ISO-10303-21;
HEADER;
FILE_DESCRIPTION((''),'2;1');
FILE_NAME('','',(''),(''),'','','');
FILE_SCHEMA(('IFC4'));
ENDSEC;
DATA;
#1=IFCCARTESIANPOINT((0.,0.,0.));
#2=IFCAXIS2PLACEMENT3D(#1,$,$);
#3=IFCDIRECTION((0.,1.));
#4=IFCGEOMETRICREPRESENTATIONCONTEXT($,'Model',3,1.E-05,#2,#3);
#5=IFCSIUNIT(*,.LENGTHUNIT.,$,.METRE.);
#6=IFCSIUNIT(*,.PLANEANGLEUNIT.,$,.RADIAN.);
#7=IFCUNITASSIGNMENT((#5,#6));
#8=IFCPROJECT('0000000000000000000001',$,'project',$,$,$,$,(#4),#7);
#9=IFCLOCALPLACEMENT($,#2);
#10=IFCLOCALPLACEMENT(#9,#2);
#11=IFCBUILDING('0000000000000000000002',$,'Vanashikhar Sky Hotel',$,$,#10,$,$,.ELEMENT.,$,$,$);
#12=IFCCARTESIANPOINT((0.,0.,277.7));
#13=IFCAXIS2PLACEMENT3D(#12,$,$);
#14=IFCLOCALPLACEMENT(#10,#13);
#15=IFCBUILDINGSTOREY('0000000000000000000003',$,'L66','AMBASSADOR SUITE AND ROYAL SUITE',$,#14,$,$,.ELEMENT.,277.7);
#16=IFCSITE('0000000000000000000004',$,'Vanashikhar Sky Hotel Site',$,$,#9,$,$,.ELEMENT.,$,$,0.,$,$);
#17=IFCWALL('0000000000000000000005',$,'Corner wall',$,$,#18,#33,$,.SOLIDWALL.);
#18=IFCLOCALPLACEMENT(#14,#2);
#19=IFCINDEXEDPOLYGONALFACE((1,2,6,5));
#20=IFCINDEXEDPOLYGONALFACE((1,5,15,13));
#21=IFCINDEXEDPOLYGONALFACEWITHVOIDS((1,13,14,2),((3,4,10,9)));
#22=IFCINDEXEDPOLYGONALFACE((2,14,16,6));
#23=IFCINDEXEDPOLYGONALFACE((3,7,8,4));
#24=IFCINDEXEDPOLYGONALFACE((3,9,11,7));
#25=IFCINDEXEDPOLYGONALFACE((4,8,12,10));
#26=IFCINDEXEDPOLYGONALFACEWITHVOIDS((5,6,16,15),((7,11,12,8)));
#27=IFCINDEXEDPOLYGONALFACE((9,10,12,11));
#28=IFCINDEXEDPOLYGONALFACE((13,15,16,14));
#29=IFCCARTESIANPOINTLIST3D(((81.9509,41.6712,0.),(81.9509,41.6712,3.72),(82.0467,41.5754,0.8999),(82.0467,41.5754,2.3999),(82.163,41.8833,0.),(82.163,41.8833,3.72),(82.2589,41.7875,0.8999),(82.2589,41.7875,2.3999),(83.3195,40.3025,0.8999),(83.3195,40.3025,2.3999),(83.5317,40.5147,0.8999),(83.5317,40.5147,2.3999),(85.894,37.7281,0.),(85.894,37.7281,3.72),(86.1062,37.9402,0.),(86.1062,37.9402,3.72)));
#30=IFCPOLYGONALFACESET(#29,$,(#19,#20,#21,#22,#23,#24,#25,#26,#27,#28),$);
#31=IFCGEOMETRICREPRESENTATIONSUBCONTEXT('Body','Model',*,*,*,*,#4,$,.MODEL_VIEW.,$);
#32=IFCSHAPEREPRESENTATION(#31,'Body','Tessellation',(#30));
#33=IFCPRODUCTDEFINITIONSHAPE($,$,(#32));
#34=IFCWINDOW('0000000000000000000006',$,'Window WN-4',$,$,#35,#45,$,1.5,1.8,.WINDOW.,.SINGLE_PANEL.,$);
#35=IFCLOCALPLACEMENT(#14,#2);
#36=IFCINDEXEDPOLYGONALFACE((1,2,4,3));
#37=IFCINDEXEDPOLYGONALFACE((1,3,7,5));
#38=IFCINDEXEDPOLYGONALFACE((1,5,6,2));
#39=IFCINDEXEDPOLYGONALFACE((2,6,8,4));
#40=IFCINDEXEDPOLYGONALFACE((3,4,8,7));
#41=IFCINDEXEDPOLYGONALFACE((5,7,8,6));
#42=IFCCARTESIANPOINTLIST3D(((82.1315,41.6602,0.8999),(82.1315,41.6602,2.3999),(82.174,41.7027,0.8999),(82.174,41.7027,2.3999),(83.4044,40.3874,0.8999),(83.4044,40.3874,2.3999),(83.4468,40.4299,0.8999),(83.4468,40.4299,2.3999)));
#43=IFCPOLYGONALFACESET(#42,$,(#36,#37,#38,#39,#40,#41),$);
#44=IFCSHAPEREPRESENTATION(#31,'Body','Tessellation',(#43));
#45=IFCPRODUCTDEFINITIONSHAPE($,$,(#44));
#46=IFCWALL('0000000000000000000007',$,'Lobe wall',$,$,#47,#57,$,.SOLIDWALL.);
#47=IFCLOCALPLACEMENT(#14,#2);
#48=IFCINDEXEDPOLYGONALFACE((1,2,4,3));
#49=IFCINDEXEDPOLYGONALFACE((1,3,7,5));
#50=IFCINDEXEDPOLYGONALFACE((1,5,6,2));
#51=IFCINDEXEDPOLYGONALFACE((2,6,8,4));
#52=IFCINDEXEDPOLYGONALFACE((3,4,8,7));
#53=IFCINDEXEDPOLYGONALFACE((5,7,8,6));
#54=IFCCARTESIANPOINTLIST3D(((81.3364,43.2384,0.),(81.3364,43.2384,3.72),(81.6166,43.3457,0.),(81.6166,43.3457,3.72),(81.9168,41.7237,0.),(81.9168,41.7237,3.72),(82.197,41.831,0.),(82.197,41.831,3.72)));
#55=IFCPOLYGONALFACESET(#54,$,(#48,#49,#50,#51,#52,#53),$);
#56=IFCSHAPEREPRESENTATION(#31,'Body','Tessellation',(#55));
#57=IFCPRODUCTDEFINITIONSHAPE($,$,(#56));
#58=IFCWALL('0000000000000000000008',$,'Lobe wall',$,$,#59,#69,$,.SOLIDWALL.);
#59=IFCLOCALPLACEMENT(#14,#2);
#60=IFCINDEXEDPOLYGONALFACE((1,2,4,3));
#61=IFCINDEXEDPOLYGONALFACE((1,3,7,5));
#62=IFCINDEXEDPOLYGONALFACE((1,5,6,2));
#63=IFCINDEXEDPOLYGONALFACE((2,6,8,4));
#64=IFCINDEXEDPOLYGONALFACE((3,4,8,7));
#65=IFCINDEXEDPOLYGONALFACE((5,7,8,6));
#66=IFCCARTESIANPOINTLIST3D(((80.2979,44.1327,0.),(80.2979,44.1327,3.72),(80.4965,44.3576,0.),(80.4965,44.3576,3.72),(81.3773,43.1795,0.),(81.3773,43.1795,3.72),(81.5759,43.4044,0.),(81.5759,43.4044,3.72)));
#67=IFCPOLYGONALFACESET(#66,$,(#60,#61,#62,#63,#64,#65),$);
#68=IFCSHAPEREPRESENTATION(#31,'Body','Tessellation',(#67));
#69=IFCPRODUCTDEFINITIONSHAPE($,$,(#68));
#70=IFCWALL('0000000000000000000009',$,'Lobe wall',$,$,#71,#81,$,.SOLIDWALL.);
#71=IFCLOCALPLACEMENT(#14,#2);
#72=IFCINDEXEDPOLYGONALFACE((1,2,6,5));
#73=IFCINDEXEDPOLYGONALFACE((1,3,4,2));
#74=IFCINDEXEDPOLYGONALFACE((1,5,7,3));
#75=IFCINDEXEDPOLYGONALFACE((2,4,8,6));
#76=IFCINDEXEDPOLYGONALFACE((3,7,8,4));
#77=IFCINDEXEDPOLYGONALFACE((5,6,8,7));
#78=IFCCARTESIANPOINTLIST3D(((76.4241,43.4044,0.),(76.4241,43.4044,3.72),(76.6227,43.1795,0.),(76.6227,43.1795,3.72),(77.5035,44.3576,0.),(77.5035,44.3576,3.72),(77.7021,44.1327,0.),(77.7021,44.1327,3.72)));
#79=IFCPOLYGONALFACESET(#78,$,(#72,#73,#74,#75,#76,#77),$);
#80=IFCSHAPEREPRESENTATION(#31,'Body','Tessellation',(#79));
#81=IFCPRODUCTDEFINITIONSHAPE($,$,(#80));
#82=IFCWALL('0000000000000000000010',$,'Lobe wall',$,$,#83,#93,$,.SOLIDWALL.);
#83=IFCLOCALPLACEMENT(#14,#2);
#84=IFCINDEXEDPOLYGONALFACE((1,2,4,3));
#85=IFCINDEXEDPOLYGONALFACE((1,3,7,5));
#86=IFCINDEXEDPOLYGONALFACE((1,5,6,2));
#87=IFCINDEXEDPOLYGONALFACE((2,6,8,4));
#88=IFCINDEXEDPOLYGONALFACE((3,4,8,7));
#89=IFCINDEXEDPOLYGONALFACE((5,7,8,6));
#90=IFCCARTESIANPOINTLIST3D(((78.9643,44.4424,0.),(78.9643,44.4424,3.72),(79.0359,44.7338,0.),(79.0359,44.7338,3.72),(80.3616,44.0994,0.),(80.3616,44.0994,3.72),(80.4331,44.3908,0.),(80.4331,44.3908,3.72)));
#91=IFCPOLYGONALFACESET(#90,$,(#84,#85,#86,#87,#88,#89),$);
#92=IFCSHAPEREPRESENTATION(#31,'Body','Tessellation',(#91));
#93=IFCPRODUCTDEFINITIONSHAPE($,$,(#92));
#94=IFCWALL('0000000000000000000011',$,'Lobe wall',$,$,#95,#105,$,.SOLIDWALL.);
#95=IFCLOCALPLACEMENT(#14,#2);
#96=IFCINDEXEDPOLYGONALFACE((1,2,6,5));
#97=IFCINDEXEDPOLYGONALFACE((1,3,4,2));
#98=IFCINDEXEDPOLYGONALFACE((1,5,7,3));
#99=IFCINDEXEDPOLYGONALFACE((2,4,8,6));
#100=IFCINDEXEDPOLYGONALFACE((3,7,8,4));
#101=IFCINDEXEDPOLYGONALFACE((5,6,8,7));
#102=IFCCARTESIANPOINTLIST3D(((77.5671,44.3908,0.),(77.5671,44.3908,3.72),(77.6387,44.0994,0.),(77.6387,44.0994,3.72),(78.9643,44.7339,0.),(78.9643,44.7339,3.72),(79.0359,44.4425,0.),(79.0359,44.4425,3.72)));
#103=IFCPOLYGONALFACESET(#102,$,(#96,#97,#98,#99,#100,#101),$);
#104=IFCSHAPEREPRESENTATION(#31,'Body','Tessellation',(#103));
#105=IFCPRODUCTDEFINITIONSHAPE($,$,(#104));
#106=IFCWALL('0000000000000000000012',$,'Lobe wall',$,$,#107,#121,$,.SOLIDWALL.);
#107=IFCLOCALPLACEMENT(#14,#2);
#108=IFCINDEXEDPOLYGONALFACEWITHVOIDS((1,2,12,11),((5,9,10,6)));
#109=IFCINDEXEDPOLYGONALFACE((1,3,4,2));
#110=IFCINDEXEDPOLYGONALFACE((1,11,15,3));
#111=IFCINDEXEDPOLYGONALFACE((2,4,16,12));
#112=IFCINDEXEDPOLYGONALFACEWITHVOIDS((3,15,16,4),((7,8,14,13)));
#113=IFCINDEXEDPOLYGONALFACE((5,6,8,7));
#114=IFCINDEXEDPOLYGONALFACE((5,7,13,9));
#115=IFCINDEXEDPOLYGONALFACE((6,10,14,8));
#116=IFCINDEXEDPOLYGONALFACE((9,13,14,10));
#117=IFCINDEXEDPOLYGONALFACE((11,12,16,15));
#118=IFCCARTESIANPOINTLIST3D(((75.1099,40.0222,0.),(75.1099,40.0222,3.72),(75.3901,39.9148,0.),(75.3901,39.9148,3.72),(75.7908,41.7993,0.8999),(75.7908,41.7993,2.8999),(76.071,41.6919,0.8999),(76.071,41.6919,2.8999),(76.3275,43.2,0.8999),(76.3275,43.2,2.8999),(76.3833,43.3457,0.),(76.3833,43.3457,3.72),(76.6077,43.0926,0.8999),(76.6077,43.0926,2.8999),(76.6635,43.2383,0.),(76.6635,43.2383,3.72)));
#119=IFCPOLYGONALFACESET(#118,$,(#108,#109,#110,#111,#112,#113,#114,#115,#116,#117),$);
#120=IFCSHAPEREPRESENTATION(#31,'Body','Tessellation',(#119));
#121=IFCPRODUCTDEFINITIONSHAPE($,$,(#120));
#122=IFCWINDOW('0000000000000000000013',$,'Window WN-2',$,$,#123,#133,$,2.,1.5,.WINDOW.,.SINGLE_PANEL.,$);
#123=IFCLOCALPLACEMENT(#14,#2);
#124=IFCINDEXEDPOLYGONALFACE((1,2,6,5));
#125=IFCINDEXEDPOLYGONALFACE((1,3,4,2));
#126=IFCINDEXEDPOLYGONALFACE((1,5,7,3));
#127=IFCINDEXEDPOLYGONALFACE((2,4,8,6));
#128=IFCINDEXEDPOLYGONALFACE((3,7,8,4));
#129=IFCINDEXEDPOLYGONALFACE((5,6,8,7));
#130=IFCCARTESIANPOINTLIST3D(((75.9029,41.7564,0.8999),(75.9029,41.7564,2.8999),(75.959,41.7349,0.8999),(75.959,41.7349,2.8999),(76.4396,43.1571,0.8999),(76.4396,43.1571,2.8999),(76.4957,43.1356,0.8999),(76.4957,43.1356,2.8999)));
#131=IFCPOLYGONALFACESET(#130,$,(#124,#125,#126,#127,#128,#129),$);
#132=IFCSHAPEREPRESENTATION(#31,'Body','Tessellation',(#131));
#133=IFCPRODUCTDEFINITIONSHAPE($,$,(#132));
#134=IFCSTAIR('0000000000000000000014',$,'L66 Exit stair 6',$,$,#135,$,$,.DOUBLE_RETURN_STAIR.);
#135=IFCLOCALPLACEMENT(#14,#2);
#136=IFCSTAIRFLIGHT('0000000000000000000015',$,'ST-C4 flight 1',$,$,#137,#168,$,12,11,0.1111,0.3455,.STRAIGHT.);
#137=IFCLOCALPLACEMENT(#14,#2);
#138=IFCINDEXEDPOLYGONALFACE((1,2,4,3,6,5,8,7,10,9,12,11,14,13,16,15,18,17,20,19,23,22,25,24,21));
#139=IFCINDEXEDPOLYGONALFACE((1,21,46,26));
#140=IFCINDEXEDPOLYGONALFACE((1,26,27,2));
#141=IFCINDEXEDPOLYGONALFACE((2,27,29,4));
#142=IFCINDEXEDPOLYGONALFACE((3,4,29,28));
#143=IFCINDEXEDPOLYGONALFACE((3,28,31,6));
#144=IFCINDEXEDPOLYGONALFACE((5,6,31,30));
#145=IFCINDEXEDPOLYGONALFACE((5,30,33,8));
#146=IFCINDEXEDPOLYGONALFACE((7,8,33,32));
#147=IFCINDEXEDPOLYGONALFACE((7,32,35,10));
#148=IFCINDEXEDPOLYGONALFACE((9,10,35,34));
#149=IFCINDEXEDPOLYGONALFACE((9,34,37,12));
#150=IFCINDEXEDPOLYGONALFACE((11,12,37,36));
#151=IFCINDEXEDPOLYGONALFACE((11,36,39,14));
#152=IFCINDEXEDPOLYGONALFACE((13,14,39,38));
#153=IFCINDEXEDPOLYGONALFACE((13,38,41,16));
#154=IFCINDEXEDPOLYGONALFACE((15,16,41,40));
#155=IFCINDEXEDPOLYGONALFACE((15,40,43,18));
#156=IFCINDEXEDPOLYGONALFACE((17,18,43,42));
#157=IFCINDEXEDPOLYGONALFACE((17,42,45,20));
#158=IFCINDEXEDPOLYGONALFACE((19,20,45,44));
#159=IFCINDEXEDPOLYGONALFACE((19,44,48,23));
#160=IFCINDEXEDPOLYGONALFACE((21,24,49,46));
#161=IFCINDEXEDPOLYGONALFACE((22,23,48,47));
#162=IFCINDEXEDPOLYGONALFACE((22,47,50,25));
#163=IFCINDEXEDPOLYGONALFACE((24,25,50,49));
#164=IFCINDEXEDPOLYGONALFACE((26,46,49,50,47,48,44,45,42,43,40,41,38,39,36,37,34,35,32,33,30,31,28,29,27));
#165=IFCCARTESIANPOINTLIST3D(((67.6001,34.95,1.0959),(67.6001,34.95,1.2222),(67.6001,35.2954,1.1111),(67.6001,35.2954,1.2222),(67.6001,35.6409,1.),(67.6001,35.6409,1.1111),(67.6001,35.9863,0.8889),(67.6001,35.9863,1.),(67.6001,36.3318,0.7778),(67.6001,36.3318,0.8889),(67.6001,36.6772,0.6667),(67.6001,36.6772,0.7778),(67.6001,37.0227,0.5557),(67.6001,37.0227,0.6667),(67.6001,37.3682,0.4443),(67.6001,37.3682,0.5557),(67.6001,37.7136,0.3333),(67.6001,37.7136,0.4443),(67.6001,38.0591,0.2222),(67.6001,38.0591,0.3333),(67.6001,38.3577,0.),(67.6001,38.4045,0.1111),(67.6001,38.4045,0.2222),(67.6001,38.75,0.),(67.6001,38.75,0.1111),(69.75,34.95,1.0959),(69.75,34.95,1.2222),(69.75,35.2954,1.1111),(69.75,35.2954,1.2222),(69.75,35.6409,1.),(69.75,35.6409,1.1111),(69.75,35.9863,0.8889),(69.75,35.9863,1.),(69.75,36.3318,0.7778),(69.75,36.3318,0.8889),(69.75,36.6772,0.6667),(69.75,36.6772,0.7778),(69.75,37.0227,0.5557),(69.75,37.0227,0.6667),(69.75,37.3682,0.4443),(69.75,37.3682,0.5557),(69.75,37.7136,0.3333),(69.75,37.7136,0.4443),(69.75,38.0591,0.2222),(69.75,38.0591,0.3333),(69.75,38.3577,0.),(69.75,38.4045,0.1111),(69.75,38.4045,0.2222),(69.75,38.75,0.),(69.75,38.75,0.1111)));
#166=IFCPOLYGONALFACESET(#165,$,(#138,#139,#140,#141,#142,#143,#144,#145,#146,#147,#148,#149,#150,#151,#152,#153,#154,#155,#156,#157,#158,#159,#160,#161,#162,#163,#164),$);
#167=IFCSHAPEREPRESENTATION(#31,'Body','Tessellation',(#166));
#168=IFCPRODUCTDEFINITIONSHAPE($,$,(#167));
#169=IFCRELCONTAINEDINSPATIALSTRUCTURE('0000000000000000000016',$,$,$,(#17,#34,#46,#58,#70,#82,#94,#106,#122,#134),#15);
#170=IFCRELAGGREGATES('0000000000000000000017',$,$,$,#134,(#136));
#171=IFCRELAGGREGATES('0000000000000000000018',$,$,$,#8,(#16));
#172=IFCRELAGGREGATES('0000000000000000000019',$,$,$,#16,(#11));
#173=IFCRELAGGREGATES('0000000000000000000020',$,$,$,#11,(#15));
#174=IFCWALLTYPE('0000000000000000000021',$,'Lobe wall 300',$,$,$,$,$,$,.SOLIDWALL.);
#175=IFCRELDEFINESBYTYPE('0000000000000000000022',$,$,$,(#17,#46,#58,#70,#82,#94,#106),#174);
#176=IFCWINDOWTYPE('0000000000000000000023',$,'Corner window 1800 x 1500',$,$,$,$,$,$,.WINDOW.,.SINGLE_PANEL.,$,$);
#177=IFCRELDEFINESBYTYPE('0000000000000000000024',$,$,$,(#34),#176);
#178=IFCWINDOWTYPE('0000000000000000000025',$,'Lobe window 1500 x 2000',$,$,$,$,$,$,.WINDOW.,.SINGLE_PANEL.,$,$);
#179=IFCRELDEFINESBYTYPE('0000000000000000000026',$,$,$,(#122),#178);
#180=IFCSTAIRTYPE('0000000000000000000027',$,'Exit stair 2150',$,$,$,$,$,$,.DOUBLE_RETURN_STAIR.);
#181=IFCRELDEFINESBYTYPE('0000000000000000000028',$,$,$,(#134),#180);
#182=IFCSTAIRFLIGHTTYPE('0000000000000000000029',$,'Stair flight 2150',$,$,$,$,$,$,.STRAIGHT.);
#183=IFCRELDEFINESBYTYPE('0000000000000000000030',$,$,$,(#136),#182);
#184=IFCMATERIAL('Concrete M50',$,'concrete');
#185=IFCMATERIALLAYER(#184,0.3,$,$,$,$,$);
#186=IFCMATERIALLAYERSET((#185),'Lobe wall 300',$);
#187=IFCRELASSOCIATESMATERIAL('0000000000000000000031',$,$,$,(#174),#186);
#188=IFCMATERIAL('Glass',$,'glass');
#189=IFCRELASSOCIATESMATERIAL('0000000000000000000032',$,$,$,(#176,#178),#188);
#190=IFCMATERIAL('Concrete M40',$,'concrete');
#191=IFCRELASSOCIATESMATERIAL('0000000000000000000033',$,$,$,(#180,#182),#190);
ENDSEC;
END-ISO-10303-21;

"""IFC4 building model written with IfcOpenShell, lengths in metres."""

from ifc_helpers import new_model, si_unit, direction, frame, frame_2d, origin, place, context, subcontext, project, spatial, polyline, rectangle, outline, extrude, source, transform, mapped, material, layer, layer_set, type_object, element, fill, aggregate, save


model = new_model("IFC4")

# Units and contexts
model_context = context("Model", 3, precision=1e-05, world=origin(), true_north=direction((0.0, 1.0)))
body_context = subcontext(model_context, "Body", "Model", "MODEL_VIEW")
ifc_project = project(units=[si_unit("LENGTHUNIT", "METRE"), si_unit("PLANEANGLEUNIT", "RADIAN")], contexts=[model_context])

# Site, building, storey
site_placement = place(None, origin())
site = spatial("IfcSite", under=ifc_project, at=site_placement, Name="Vanashikhar Sky Hotel Site", CompositionType="ELEMENT", RefElevation=0.0)
building_placement = place(site_placement, origin())
building = spatial("IfcBuilding", under=site, at=building_placement, Name="Vanashikhar Sky Hotel", CompositionType="ELEMENT")
storey_placement = place(building_placement, frame((0.0, 0.0, 277.7)))
storey = spatial("IfcBuildingStorey", under=building, at=storey_placement, Name="L66", Description="AMBASSADOR SUITE AND ROYAL SUITE", CompositionType="ELEMENT", Elevation=277.7)

# Wall, opening, window
ifc_material_1 = material(Name="Concrete M50", Category="concrete")
ifc_layer = layer(ifc_material_1, 0.3)
ifc_layer_set = layer_set([ifc_layer], Name="Lobe wall 300")
wall_type = type_object("IfcWallType", Name="Lobe wall 300", PredefinedType="SOLIDWALL", material=ifc_layer_set)
shared_shape_1 = source(origin(), body_context, "Body", "SweptSolid", [
    extrude(rectangle(XDim=5.5764, YDim=0.3, at=frame_2d((2.7881, 0.0))), origin(), (0.0, 0.0, 1.0), 3.72),
])
wall_1_placement = place(storey_placement, frame((86.0, 37.8342, 0.0), z_axis=(0.0, 0.0, 1.0), x_axis=(-0.707107, 0.707107, 0.0)))
wall_1 = element("IfcWall", 1, at=wall_1_placement, inside=storey, type_object=wall_type, Name="Corner wall", PredefinedType="SOLIDWALL", context=body_context, shape_type="MappedRepresentation", body=[
    mapped(shared_shape_1, transform((0.0, 0.0, 0.0), scale=1.0)),
])
shared_shape_2 = source(origin(), body_context, "Body", "SweptSolid", [
    extrude(rectangle(XDim=1.8, YDim=1.5, at=frame_2d((0.8999, 0.75))), frame((0.0, 0.1602, 0.0), z_axis=(0.0, -1.0, 0.0), x_axis=(1.0, 0.0, 0.0)), (0.0, 0.0, 1.0), 0.3201),
])
opening_1_placement = place(wall_1_placement, frame((3.6409, 0.0, 0.8999)))
opening_1 = element("IfcOpeningElement", 2, at=opening_1_placement, cuts=wall_1, PredefinedType="OPENING", context=body_context, shape_type="MappedRepresentation", body=[
    mapped(shared_shape_2, transform((0.0, 0.0, 0.0), scale=1.0)),
])
ifc_material_2 = material(Name="Glass", Category="glass")
window_type_1 = type_object("IfcWindowType", Name="Corner window 1800 x 1500", PartitioningType="SINGLE_PANEL", PredefinedType="WINDOW", material=ifc_material_2)
shared_shape_3 = source(origin(), body_context, "Body", "SweptSolid", [
    extrude(rectangle(XDim=1.8, YDim=1.5, at=frame_2d((0.8999, 0.75))), frame((0.0, 0.03, 0.0), z_axis=(0.0, -1.0, 0.0), x_axis=(1.0, 0.0, 0.0)), (0.0, 0.0, 1.0), 0.0601),
])
window_1_placement = place(opening_1_placement, origin())
window_1 = element("IfcWindow", 3, at=window_1_placement, inside=storey, type_object=window_type_1, Name="Window WN-4", OverallHeight=1.5, OverallWidth=1.8, PartitioningType="SINGLE_PANEL", PredefinedType="WINDOW", context=body_context, shape_type="MappedRepresentation", body=[
    mapped(shared_shape_3, transform((0.0, 0.0, 0.0), scale=1.0)),
])
fill(opening_1, window_1)

# Walls
shared_shape_4 = source(origin(), body_context, "Body", "SweptSolid", [
    extrude(rectangle(XDim=1.6221, YDim=0.3, at=frame_2d((0.811, 0.0))), origin(), (0.0, 0.0, 1.0), 3.72),
])
wall_2_placement = place(storey_placement, frame((82.0569, 41.7773, 0.0), z_axis=(0.0, 0.0, 1.0), x_axis=(-0.357779, 0.933806, 0.0)))
element("IfcWall", 4, at=wall_2_placement, inside=storey, type_object=wall_type, Name="Lobe wall", PredefinedType="SOLIDWALL", context=body_context, shape_type="MappedRepresentation", body=[
    mapped(shared_shape_4, transform((0.0, 0.0, 0.0), scale=1.0)),
])
shared_shape_5 = source(origin(), body_context, "Body", "SweptSolid", [
    extrude(rectangle(XDim=1.4399, YDim=0.3, at=frame_2d((0.72, 0.0))), origin(), (0.0, 0.0, 1.0), 3.72),
])
for number, where, z_axis, x_axis, name in (
    (5, (81.4766, 43.292, 0.0), (0.0, 0.0, 1.0), (-0.749576, 0.661919, 0.0), "Lobe wall"),
    (6, (77.6028, 44.2451, 0.0), (0.0, 0.0, 1.0), (-0.749576, -0.661919, 0.0), "Lobe wall"),
):
    element("IfcWall", number, at=place(storey_placement, frame(where, z_axis=z_axis, x_axis=x_axis)), inside=storey, type_object=wall_type, Name=name, PredefinedType="SOLIDWALL", context=body_context, shape_type="MappedRepresentation", body=[
        mapped(shared_shape_5, transform((0.0, 0.0, 0.0), scale=1.0)),
    ])
shared_shape_6 = source(origin(), body_context, "Body", "SweptSolid", [
    extrude(rectangle(XDim=1.4387, YDim=0.3, at=frame_2d((0.7192, 0.0))), origin(), (0.0, 0.0, 1.0), 3.72),
])
for number, where, z_axis, x_axis, name in (
    (7, (80.3972, 44.2451, 0.0), (0.0, 0.0, 1.0), (-0.971162, 0.238421, 0.0), "Lobe wall"),
    (8, (79.0, 44.5881, 0.0), (0.0, 0.0, 1.0), (-0.971162, -0.238421, 0.0), "Lobe wall"),
):
    element("IfcWall", number, at=place(storey_placement, frame(where, z_axis=z_axis, x_axis=x_axis)), inside=storey, type_object=wall_type, Name=name, PredefinedType="SOLIDWALL", context=body_context, shape_type="MappedRepresentation", body=[
        mapped(shared_shape_6, transform((0.0, 0.0, 0.0), scale=1.0)),
    ])

# Wall, opening, window
shared_shape_7 = source(origin(), body_context, "Body", "SweptSolid", [
    extrude(rectangle(XDim=3.5591, YDim=0.3, at=frame_2d((1.7795, 0.0))), origin(), (0.0, 0.0, 1.0), 3.72),
])
wall_3_placement = place(storey_placement, frame((76.5234, 43.292, 0.0), z_axis=(0.0, 0.0, 1.0), x_axis=(-0.357797, -0.933799, 0.0)))
wall_3 = element("IfcWall", 9, at=wall_3_placement, inside=storey, type_object=wall_type, Name="Lobe wall", PredefinedType="SOLIDWALL", context=body_context, shape_type="MappedRepresentation", body=[
    mapped(shared_shape_7, transform((0.0, 0.0, 0.0), scale=1.0)),
])
shared_shape_8 = source(origin(), body_context, "Body", "SweptSolid", [
    extrude(rectangle(XDim=1.5, YDim=2.0, at=frame_2d((0.75, 1.0))), frame((0.0, 0.1602, 0.0), z_axis=(0.0, -1.0, 0.0), x_axis=(1.0, 0.0, 0.0)), (0.0, 0.0, 1.0), 0.3201),
])
opening_2_placement = place(wall_3_placement, frame((0.156, 0.0, 0.8999)))
opening_2 = element("IfcOpeningElement", 10, at=opening_2_placement, cuts=wall_3, PredefinedType="OPENING", context=body_context, shape_type="MappedRepresentation", body=[
    mapped(shared_shape_8, transform((0.0, 0.0, 0.0), scale=1.0)),
])
window_type_2 = type_object("IfcWindowType", Name="Lobe window 1500 x 2000", PartitioningType="SINGLE_PANEL", PredefinedType="WINDOW", material=ifc_material_2)
shared_shape_9 = source(origin(), body_context, "Body", "SweptSolid", [
    extrude(rectangle(XDim=1.5, YDim=2.0, at=frame_2d((0.75, 1.0))), frame((0.0, 0.03, 0.0), z_axis=(0.0, -1.0, 0.0), x_axis=(1.0, 0.0, 0.0)), (0.0, 0.0, 1.0), 0.0601),
])
window_2_placement = place(opening_2_placement, origin())
window_2 = element("IfcWindow", 11, at=window_2_placement, inside=storey, type_object=window_type_2, Name="Window WN-2", OverallHeight=2.0, OverallWidth=1.5, PartitioningType="SINGLE_PANEL", PredefinedType="WINDOW", context=body_context, shape_type="MappedRepresentation", body=[
    mapped(shared_shape_9, transform((0.0, 0.0, 0.0), scale=1.0)),
])
fill(opening_2, window_2)

# Stair, stair flight
ifc_material_3 = material(Name="Concrete M40", Category="concrete")
stair_type = type_object("IfcStairType", Name="Exit stair 2150", PredefinedType="DOUBLE_RETURN_STAIR", material=ifc_material_3)
stair_placement = place(storey_placement, origin())
stair = element("IfcStair", 12, at=stair_placement, inside=storey, type_object=stair_type, Name="L66 Exit stair 6", PredefinedType="DOUBLE_RETURN_STAIR")
stair_flight_type = type_object("IfcStairFlightType", Name="Stair flight 2150", PredefinedType="STRAIGHT", material=ifc_material_3)
shared_shape_10 = source(origin(), body_context, "Body", "SweptSolid", [
    extrude(outline(polyline([(0.0, 0.0), (0.0, 0.1111), (0.3455, 0.1111), (0.3455, 0.2222), (0.6909, 0.2222), (0.6909, 0.3333), (1.0364, 0.3333), (1.0364, 0.4443), (1.3818, 0.4443), (1.3818, 0.5557), (1.7273, 0.5557), (1.7273, 0.6667), (2.0728, 0.6667), (2.0728, 0.7778), (2.4182, 0.7778), (2.4182, 0.8889), (2.7637, 0.8889), (2.7637, 1.0), (3.1091, 1.0), (3.1091, 1.1111), (3.4546, 1.1111), (3.4546, 1.2222), (3.8, 1.2222), (3.8, 1.3333), (3.8, 1.0959), (0.3923, 0.0), (0.0, 0.0)])), frame((0.0, 1.075, 0.0), z_axis=(0.0, -1.0, 0.0), x_axis=(1.0, 0.0, 0.0)), (0.0, 0.0, 1.0), 2.1499),
])
stair_flight_1_placement = place(storey_placement, frame((68.675, 38.75, 0.0), z_axis=(0.0, 0.0, 1.0), x_axis=(0.0, -1.0, 0.0)))
stair_flight_1 = element("IfcStairFlight", 13, at=stair_flight_1_placement, type_object=stair_flight_type, Name="ST-C4 flight 1", NumberOfRisers=12, NumberOfTreads=11, PredefinedType="STRAIGHT", RiserHeight=0.1111, TreadLength=0.3455, context=body_context, shape_type="MappedRepresentation", body=[
    mapped(shared_shape_10, transform((0.0, 0.0, 0.0), scale=1.0)),
])
aggregate(stair, [stair_flight_1])

save(model, "model.ifc")
